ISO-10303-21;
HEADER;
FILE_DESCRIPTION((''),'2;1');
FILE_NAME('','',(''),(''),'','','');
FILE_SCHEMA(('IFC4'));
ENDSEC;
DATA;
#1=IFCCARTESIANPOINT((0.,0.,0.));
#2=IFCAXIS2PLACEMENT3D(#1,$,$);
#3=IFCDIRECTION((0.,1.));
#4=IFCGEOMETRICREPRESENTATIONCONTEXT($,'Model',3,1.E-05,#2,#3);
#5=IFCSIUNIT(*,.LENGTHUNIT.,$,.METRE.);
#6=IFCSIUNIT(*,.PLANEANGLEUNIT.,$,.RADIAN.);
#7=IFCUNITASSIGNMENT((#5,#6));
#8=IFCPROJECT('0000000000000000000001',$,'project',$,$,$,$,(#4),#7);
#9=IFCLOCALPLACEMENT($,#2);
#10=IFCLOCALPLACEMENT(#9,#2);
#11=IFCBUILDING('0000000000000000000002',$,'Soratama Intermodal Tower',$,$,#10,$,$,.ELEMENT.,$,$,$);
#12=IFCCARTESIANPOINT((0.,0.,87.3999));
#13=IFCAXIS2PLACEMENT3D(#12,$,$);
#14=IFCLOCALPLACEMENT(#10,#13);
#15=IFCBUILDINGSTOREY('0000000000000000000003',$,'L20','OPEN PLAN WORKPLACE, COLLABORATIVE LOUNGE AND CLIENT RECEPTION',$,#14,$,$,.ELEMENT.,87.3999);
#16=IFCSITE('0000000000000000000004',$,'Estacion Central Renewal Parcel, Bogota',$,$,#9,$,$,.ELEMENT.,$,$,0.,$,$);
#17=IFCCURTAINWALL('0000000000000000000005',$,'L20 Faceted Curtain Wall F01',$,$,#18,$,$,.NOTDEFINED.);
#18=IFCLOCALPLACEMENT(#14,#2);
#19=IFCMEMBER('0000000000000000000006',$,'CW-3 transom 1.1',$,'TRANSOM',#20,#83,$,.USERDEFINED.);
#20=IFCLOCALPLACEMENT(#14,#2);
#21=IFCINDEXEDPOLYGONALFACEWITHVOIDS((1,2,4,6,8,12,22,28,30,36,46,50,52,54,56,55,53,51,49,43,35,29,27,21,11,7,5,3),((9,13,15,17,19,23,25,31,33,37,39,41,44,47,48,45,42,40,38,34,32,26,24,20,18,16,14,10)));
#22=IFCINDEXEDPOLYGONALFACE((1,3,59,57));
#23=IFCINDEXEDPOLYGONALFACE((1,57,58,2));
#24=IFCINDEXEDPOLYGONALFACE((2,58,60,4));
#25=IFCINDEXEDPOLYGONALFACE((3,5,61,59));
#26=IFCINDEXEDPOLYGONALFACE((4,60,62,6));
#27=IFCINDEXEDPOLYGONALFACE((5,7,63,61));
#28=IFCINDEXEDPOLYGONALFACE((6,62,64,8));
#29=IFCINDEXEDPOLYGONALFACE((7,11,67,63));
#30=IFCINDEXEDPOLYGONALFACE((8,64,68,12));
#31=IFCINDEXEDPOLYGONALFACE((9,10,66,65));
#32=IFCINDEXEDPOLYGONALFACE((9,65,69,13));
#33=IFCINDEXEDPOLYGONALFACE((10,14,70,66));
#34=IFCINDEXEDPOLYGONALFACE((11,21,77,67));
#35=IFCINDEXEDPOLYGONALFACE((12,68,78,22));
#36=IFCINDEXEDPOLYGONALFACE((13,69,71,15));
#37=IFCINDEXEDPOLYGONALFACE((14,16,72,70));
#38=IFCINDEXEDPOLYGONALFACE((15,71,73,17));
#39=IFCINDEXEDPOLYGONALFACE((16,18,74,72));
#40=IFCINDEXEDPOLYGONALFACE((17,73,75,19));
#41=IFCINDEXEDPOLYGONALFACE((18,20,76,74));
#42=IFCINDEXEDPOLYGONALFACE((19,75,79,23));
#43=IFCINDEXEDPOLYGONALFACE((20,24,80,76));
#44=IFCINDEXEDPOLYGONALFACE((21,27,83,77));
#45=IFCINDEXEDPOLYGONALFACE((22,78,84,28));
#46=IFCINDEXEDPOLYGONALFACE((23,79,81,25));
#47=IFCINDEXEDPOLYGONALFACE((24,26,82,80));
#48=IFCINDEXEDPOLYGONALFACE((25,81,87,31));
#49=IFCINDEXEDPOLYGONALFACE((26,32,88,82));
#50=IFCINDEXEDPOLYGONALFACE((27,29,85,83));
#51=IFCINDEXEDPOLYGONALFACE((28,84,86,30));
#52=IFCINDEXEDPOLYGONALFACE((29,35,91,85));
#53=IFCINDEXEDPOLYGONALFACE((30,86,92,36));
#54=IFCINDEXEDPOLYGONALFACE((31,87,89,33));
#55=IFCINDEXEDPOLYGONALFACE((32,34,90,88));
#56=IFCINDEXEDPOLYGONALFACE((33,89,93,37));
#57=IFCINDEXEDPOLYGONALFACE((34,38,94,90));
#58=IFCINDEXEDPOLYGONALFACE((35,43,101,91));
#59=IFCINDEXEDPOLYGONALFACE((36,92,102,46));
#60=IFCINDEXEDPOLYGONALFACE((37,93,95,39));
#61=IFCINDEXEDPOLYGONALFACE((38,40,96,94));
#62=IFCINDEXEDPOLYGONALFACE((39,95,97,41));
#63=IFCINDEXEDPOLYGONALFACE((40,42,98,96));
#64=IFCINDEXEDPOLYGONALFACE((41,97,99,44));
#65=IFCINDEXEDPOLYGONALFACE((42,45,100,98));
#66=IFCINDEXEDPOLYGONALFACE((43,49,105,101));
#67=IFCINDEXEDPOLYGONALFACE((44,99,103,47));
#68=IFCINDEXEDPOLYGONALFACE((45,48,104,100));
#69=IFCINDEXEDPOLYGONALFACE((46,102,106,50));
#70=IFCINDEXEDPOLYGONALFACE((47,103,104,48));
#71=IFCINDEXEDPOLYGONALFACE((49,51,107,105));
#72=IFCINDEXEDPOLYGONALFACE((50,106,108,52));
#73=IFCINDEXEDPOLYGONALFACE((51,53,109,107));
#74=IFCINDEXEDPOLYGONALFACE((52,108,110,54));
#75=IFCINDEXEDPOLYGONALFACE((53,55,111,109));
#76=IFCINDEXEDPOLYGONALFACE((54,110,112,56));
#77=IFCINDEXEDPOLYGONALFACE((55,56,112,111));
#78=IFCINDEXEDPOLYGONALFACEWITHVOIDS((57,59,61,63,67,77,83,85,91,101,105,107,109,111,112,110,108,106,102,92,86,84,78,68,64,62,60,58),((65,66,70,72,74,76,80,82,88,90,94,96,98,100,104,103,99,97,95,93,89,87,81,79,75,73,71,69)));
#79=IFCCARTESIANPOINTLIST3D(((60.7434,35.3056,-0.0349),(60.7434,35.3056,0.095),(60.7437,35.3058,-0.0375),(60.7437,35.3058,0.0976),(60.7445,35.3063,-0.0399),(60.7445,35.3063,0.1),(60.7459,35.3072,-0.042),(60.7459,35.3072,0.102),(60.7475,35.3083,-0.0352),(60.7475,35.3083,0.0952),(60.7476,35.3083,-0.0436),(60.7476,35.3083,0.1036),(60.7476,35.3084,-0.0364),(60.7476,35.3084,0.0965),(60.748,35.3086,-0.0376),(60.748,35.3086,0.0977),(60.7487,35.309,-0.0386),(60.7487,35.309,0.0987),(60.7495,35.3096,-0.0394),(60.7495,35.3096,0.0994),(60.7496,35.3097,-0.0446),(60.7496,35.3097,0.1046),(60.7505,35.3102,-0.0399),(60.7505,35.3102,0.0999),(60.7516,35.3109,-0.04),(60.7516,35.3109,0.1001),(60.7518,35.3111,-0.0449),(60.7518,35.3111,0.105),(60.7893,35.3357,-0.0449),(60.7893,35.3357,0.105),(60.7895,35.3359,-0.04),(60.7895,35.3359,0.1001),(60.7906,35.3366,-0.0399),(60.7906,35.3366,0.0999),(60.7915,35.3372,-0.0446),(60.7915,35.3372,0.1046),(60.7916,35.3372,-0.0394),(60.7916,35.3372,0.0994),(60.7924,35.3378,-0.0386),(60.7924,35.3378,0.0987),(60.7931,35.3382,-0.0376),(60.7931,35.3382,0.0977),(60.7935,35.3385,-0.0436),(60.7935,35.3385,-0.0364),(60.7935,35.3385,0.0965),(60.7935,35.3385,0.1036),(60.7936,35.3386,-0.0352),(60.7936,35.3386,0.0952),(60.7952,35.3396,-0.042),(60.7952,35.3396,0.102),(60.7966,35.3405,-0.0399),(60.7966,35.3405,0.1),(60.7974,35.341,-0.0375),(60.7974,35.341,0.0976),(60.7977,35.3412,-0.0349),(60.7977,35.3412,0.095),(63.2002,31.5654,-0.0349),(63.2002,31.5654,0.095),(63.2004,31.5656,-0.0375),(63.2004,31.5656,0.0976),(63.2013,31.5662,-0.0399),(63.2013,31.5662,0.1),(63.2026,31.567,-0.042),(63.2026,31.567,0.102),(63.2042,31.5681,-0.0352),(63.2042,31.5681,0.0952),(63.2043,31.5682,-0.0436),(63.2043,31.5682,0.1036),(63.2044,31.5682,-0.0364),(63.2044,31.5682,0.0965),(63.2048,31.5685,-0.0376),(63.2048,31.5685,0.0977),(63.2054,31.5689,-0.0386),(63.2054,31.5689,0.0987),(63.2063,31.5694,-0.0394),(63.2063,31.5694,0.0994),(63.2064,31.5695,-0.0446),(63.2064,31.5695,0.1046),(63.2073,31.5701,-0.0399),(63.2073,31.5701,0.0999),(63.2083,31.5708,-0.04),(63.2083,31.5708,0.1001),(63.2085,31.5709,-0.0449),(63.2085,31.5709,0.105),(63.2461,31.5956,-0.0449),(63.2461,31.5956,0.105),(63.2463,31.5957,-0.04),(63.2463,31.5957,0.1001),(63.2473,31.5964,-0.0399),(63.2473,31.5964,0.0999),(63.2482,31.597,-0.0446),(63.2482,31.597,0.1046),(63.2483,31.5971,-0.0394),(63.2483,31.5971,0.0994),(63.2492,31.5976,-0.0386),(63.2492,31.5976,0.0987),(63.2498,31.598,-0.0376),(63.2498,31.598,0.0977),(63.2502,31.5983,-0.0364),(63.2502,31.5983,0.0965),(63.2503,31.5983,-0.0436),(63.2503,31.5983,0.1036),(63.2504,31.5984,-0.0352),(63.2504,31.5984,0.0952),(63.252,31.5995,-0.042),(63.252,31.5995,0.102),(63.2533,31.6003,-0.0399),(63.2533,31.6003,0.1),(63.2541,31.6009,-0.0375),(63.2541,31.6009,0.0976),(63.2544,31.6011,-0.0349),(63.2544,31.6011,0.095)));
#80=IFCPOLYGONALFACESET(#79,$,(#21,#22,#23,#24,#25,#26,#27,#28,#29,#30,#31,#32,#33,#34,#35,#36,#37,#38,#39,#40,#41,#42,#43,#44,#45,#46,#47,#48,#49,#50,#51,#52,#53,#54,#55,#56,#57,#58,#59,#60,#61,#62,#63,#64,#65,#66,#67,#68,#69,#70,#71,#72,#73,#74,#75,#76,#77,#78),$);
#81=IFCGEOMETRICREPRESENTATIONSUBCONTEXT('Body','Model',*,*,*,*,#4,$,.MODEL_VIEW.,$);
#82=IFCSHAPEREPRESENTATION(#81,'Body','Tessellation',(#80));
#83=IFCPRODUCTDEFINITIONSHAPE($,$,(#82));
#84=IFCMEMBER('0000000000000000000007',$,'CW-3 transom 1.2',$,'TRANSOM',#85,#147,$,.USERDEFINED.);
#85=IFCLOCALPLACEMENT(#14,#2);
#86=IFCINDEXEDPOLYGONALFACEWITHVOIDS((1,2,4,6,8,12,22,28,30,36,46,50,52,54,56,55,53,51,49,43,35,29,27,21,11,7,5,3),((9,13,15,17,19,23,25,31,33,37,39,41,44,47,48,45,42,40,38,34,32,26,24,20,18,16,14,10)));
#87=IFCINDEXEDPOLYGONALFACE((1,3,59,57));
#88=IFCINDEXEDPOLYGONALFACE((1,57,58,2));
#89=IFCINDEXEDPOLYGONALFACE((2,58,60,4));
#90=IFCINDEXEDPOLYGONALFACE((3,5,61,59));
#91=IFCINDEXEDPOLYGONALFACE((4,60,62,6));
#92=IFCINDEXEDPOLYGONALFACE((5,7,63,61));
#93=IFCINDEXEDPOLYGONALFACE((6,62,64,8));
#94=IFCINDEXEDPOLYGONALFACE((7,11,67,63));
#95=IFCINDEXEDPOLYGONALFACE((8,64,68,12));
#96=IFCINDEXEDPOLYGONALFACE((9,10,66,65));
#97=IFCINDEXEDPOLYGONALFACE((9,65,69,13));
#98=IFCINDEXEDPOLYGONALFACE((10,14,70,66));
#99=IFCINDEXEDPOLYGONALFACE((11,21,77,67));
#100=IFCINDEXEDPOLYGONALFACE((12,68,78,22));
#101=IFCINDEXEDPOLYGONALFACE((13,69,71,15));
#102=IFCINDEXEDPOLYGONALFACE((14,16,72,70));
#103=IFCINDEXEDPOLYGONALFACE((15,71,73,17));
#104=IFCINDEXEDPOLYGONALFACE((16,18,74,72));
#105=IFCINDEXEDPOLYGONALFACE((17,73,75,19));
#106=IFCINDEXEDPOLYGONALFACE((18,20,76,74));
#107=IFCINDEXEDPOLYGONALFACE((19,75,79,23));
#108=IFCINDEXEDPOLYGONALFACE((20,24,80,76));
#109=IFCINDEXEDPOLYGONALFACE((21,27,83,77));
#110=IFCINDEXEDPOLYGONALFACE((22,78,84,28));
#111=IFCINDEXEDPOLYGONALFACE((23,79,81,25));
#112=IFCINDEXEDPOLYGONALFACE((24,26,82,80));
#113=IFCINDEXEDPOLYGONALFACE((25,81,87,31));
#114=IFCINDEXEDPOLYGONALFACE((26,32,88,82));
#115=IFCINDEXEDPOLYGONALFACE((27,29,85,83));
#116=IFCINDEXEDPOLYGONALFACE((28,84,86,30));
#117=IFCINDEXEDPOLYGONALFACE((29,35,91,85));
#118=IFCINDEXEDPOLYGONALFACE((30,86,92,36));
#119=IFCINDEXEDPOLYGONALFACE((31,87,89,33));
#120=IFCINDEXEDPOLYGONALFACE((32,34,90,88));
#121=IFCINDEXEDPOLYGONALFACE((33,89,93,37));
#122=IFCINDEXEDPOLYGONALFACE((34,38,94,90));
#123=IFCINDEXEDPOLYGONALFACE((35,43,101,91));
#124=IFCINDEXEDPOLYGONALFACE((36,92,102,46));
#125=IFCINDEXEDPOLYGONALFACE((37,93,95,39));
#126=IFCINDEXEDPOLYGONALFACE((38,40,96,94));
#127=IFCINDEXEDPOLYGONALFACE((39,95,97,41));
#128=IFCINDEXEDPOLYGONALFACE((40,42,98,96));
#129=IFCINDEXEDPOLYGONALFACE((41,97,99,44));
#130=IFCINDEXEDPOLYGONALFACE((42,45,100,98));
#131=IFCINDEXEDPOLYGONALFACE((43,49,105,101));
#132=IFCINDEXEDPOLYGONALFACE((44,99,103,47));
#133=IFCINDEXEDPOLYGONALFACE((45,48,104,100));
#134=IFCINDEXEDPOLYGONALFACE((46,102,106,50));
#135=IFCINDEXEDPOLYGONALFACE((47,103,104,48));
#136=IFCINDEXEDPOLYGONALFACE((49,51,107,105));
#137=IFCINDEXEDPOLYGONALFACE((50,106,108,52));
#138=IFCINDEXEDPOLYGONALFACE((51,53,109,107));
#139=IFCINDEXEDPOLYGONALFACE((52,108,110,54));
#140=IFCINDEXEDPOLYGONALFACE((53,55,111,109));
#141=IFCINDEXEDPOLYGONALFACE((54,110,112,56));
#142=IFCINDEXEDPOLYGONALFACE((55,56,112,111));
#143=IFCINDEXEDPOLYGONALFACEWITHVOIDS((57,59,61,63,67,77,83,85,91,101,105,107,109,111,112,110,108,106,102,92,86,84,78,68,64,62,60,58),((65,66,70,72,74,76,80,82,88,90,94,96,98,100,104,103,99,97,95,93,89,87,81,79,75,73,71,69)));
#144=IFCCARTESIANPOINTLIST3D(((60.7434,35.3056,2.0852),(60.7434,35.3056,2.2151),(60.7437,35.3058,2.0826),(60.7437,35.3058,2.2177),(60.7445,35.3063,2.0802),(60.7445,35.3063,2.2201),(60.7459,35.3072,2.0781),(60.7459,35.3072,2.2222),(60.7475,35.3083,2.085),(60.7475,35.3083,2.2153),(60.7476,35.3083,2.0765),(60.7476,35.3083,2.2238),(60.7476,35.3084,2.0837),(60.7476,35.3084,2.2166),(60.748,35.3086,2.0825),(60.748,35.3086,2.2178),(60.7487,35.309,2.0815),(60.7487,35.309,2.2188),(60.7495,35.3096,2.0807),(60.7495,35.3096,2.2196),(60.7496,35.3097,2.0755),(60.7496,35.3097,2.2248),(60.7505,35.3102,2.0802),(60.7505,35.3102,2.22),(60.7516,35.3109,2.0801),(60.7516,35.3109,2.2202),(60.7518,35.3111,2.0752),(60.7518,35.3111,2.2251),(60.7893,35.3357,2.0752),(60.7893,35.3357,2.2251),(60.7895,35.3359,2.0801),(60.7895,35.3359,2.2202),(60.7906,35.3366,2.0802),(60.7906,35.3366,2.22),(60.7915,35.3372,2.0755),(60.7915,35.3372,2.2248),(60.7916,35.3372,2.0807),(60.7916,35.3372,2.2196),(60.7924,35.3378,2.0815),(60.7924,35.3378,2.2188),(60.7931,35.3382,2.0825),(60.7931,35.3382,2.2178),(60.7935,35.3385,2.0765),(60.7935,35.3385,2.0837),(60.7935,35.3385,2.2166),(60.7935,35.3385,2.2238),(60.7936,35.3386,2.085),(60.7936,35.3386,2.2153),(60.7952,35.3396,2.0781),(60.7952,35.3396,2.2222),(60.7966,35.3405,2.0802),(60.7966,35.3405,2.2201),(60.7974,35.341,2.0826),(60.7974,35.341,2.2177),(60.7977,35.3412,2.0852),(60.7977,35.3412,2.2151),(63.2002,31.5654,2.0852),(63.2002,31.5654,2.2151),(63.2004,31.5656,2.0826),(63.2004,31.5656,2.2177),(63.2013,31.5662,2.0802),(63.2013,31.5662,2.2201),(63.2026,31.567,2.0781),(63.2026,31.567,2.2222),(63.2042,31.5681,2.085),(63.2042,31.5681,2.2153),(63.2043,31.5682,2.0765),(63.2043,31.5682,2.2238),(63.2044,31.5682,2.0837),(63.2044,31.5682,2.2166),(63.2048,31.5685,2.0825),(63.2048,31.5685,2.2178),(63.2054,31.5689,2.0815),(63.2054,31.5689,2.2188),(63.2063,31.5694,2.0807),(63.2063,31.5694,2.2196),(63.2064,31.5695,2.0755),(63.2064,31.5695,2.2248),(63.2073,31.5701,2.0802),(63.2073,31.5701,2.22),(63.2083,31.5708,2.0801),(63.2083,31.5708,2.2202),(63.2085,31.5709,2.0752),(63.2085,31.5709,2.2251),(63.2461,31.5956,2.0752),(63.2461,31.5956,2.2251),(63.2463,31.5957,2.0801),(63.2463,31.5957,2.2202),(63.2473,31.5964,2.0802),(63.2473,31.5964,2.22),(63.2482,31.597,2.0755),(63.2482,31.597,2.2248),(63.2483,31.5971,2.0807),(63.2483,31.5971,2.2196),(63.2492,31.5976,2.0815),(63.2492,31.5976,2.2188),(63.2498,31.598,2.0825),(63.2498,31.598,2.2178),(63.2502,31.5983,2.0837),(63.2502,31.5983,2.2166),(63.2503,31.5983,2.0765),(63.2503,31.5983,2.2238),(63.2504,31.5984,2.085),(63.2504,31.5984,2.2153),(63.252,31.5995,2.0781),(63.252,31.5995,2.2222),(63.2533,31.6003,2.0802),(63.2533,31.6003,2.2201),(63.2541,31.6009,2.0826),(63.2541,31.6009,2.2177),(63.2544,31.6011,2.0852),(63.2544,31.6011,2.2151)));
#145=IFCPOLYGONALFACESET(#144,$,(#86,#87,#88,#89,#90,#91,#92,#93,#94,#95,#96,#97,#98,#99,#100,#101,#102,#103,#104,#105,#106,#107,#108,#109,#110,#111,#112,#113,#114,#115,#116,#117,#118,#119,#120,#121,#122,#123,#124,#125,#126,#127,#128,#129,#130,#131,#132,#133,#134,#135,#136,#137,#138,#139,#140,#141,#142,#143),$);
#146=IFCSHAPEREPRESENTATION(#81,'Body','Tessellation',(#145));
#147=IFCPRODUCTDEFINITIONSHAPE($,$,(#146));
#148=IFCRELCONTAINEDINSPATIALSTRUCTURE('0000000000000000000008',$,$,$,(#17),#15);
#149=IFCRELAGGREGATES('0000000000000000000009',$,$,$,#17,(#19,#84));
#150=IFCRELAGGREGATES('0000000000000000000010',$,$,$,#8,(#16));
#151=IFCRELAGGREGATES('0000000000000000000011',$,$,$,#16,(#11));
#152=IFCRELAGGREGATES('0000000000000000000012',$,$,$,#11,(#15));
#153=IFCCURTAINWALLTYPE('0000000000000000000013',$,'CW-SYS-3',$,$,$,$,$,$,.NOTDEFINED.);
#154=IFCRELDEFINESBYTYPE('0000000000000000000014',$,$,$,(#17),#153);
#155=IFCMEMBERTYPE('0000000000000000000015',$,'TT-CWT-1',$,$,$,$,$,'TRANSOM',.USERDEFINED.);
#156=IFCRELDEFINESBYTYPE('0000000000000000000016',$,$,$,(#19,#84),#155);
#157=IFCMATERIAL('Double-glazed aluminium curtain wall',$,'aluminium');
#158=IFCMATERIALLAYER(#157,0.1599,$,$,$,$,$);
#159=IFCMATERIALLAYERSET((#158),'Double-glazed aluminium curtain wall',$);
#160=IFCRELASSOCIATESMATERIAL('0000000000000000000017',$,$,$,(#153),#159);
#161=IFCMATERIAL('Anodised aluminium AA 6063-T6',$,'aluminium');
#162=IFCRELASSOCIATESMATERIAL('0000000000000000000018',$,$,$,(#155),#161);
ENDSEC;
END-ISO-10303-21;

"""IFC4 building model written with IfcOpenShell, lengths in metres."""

from ifc_helpers import new_model, si_unit, direction, frame, origin, origin_2d, place, context, subcontext, project, spatial, hollow_rectangle, extrude, material, layer, layer_set, material_profile, profile_set, type_object, element, aggregate, save


model = new_model("IFC4")

# Units and contexts
model_context = context("Model", 3, precision=1e-05, world=origin(), true_north=direction((0.0, 1.0)))
body_context = subcontext(model_context, "Body", "Model", "MODEL_VIEW")
ifc_project = project(units=[si_unit("LENGTHUNIT", "METRE"), si_unit("PLANEANGLEUNIT", "RADIAN")], contexts=[model_context])

# Site, building, storey
site_placement = place(None, origin())
site = spatial("IfcSite", under=ifc_project, at=site_placement, Name="Estacion Central Renewal Parcel, Bogota", CompositionType="ELEMENT", RefElevation=0.0)
building_placement = place(site_placement, origin())
building = spatial("IfcBuilding", under=site, at=building_placement, Name="Soratama Intermodal Tower", CompositionType="ELEMENT")
storey_placement = place(building_placement, frame((0.0, 0.0, 87.3999)))
storey = spatial("IfcBuildingStorey", under=building, at=storey_placement, Name="L20", Description="OPEN PLAN WORKPLACE, COLLABORATIVE LOUNGE AND CLIENT RECEPTION", CompositionType="ELEMENT", Elevation=87.3999)

# Curtain wall, members
ifc_material_1 = material(Name="Double-glazed aluminium curtain wall", Category="aluminium")
ifc_layer_1 = layer(ifc_material_1, 0.1599)
ifc_layer_set_1 = layer_set([ifc_layer_1], Name="Double-glazed aluminium curtain wall")
curtain_wall_type = type_object("IfcCurtainWallType", Name="CW-SYS-3", PredefinedType="NOTDEFINED", material=ifc_layer_set_1)
curtain_wall_placement = place(storey_placement, origin())
curtain_wall = element("IfcCurtainWall", 1, at=curtain_wall_placement, inside=storey, type_object=curtain_wall_type, Name="L20 Faceted Curtain Wall F01", PredefinedType="NOTDEFINED")
ifc_material_2 = material(Name="Anodised aluminium AA 6063-T6", Category="aluminium")
ifc_material_profile_1 = material_profile(ifc_material_2, hollow_rectangle(XDim=0.0649, YDim=0.1499, WallThickness=0.0049, InnerFilletRadius=0.0049, OuterFilletRadius=0.01, at=origin_2d()), Name="CWT150X65X5")
ifc_profile_set_1 = profile_set([ifc_material_profile_1], Name="Anodised aluminium AA 6063-T6")
member_type_1 = type_object("IfcMemberType", Name="TT-CWT-1", ElementType="TRANSOM", PredefinedType="USERDEFINED", material=ifc_profile_set_1)
member_1_placement = place(storey_placement, frame((63.2273, 31.5833, 0.03), z_axis=(-0.549009, 0.835816, 0.0), x_axis=(-0.835816, -0.549009, 0.0)))
member_1 = element("IfcMember", 2, at=member_1_placement, type_object=member_type_1, Name="CW-3 transom 1.1", ObjectType="TRANSOM", PredefinedType="USERDEFINED", context=body_context, shape_type="SweptSolid", body=[
    extrude(hollow_rectangle(XDim=0.0649, YDim=0.1499, WallThickness=0.0049, InnerFilletRadius=0.0049, OuterFilletRadius=0.01, at=origin_2d()), origin(), (0.0, 0.0, 1.0), 4.4749),
])
member_2_placement = place(storey_placement, frame((63.2273, 31.5833, 2.1501), z_axis=(-0.549009, 0.835816, 0.0), x_axis=(-0.835816, -0.549009, 0.0)))
member_2 = element("IfcMember", 3, at=member_2_placement, type_object=member_type_1, Name="CW-3 transom 1.2", ObjectType="TRANSOM", PredefinedType="USERDEFINED", context=body_context, shape_type="SweptSolid", body=[
    extrude(hollow_rectangle(XDim=0.0649, YDim=0.1499, WallThickness=0.0049, InnerFilletRadius=0.0049, OuterFilletRadius=0.01, at=origin_2d()), origin(), (0.0, 0.0, 1.0), 4.4749),
])
aggregate(curtain_wall, [member_1, member_2])

save(model, "model.ifc")
